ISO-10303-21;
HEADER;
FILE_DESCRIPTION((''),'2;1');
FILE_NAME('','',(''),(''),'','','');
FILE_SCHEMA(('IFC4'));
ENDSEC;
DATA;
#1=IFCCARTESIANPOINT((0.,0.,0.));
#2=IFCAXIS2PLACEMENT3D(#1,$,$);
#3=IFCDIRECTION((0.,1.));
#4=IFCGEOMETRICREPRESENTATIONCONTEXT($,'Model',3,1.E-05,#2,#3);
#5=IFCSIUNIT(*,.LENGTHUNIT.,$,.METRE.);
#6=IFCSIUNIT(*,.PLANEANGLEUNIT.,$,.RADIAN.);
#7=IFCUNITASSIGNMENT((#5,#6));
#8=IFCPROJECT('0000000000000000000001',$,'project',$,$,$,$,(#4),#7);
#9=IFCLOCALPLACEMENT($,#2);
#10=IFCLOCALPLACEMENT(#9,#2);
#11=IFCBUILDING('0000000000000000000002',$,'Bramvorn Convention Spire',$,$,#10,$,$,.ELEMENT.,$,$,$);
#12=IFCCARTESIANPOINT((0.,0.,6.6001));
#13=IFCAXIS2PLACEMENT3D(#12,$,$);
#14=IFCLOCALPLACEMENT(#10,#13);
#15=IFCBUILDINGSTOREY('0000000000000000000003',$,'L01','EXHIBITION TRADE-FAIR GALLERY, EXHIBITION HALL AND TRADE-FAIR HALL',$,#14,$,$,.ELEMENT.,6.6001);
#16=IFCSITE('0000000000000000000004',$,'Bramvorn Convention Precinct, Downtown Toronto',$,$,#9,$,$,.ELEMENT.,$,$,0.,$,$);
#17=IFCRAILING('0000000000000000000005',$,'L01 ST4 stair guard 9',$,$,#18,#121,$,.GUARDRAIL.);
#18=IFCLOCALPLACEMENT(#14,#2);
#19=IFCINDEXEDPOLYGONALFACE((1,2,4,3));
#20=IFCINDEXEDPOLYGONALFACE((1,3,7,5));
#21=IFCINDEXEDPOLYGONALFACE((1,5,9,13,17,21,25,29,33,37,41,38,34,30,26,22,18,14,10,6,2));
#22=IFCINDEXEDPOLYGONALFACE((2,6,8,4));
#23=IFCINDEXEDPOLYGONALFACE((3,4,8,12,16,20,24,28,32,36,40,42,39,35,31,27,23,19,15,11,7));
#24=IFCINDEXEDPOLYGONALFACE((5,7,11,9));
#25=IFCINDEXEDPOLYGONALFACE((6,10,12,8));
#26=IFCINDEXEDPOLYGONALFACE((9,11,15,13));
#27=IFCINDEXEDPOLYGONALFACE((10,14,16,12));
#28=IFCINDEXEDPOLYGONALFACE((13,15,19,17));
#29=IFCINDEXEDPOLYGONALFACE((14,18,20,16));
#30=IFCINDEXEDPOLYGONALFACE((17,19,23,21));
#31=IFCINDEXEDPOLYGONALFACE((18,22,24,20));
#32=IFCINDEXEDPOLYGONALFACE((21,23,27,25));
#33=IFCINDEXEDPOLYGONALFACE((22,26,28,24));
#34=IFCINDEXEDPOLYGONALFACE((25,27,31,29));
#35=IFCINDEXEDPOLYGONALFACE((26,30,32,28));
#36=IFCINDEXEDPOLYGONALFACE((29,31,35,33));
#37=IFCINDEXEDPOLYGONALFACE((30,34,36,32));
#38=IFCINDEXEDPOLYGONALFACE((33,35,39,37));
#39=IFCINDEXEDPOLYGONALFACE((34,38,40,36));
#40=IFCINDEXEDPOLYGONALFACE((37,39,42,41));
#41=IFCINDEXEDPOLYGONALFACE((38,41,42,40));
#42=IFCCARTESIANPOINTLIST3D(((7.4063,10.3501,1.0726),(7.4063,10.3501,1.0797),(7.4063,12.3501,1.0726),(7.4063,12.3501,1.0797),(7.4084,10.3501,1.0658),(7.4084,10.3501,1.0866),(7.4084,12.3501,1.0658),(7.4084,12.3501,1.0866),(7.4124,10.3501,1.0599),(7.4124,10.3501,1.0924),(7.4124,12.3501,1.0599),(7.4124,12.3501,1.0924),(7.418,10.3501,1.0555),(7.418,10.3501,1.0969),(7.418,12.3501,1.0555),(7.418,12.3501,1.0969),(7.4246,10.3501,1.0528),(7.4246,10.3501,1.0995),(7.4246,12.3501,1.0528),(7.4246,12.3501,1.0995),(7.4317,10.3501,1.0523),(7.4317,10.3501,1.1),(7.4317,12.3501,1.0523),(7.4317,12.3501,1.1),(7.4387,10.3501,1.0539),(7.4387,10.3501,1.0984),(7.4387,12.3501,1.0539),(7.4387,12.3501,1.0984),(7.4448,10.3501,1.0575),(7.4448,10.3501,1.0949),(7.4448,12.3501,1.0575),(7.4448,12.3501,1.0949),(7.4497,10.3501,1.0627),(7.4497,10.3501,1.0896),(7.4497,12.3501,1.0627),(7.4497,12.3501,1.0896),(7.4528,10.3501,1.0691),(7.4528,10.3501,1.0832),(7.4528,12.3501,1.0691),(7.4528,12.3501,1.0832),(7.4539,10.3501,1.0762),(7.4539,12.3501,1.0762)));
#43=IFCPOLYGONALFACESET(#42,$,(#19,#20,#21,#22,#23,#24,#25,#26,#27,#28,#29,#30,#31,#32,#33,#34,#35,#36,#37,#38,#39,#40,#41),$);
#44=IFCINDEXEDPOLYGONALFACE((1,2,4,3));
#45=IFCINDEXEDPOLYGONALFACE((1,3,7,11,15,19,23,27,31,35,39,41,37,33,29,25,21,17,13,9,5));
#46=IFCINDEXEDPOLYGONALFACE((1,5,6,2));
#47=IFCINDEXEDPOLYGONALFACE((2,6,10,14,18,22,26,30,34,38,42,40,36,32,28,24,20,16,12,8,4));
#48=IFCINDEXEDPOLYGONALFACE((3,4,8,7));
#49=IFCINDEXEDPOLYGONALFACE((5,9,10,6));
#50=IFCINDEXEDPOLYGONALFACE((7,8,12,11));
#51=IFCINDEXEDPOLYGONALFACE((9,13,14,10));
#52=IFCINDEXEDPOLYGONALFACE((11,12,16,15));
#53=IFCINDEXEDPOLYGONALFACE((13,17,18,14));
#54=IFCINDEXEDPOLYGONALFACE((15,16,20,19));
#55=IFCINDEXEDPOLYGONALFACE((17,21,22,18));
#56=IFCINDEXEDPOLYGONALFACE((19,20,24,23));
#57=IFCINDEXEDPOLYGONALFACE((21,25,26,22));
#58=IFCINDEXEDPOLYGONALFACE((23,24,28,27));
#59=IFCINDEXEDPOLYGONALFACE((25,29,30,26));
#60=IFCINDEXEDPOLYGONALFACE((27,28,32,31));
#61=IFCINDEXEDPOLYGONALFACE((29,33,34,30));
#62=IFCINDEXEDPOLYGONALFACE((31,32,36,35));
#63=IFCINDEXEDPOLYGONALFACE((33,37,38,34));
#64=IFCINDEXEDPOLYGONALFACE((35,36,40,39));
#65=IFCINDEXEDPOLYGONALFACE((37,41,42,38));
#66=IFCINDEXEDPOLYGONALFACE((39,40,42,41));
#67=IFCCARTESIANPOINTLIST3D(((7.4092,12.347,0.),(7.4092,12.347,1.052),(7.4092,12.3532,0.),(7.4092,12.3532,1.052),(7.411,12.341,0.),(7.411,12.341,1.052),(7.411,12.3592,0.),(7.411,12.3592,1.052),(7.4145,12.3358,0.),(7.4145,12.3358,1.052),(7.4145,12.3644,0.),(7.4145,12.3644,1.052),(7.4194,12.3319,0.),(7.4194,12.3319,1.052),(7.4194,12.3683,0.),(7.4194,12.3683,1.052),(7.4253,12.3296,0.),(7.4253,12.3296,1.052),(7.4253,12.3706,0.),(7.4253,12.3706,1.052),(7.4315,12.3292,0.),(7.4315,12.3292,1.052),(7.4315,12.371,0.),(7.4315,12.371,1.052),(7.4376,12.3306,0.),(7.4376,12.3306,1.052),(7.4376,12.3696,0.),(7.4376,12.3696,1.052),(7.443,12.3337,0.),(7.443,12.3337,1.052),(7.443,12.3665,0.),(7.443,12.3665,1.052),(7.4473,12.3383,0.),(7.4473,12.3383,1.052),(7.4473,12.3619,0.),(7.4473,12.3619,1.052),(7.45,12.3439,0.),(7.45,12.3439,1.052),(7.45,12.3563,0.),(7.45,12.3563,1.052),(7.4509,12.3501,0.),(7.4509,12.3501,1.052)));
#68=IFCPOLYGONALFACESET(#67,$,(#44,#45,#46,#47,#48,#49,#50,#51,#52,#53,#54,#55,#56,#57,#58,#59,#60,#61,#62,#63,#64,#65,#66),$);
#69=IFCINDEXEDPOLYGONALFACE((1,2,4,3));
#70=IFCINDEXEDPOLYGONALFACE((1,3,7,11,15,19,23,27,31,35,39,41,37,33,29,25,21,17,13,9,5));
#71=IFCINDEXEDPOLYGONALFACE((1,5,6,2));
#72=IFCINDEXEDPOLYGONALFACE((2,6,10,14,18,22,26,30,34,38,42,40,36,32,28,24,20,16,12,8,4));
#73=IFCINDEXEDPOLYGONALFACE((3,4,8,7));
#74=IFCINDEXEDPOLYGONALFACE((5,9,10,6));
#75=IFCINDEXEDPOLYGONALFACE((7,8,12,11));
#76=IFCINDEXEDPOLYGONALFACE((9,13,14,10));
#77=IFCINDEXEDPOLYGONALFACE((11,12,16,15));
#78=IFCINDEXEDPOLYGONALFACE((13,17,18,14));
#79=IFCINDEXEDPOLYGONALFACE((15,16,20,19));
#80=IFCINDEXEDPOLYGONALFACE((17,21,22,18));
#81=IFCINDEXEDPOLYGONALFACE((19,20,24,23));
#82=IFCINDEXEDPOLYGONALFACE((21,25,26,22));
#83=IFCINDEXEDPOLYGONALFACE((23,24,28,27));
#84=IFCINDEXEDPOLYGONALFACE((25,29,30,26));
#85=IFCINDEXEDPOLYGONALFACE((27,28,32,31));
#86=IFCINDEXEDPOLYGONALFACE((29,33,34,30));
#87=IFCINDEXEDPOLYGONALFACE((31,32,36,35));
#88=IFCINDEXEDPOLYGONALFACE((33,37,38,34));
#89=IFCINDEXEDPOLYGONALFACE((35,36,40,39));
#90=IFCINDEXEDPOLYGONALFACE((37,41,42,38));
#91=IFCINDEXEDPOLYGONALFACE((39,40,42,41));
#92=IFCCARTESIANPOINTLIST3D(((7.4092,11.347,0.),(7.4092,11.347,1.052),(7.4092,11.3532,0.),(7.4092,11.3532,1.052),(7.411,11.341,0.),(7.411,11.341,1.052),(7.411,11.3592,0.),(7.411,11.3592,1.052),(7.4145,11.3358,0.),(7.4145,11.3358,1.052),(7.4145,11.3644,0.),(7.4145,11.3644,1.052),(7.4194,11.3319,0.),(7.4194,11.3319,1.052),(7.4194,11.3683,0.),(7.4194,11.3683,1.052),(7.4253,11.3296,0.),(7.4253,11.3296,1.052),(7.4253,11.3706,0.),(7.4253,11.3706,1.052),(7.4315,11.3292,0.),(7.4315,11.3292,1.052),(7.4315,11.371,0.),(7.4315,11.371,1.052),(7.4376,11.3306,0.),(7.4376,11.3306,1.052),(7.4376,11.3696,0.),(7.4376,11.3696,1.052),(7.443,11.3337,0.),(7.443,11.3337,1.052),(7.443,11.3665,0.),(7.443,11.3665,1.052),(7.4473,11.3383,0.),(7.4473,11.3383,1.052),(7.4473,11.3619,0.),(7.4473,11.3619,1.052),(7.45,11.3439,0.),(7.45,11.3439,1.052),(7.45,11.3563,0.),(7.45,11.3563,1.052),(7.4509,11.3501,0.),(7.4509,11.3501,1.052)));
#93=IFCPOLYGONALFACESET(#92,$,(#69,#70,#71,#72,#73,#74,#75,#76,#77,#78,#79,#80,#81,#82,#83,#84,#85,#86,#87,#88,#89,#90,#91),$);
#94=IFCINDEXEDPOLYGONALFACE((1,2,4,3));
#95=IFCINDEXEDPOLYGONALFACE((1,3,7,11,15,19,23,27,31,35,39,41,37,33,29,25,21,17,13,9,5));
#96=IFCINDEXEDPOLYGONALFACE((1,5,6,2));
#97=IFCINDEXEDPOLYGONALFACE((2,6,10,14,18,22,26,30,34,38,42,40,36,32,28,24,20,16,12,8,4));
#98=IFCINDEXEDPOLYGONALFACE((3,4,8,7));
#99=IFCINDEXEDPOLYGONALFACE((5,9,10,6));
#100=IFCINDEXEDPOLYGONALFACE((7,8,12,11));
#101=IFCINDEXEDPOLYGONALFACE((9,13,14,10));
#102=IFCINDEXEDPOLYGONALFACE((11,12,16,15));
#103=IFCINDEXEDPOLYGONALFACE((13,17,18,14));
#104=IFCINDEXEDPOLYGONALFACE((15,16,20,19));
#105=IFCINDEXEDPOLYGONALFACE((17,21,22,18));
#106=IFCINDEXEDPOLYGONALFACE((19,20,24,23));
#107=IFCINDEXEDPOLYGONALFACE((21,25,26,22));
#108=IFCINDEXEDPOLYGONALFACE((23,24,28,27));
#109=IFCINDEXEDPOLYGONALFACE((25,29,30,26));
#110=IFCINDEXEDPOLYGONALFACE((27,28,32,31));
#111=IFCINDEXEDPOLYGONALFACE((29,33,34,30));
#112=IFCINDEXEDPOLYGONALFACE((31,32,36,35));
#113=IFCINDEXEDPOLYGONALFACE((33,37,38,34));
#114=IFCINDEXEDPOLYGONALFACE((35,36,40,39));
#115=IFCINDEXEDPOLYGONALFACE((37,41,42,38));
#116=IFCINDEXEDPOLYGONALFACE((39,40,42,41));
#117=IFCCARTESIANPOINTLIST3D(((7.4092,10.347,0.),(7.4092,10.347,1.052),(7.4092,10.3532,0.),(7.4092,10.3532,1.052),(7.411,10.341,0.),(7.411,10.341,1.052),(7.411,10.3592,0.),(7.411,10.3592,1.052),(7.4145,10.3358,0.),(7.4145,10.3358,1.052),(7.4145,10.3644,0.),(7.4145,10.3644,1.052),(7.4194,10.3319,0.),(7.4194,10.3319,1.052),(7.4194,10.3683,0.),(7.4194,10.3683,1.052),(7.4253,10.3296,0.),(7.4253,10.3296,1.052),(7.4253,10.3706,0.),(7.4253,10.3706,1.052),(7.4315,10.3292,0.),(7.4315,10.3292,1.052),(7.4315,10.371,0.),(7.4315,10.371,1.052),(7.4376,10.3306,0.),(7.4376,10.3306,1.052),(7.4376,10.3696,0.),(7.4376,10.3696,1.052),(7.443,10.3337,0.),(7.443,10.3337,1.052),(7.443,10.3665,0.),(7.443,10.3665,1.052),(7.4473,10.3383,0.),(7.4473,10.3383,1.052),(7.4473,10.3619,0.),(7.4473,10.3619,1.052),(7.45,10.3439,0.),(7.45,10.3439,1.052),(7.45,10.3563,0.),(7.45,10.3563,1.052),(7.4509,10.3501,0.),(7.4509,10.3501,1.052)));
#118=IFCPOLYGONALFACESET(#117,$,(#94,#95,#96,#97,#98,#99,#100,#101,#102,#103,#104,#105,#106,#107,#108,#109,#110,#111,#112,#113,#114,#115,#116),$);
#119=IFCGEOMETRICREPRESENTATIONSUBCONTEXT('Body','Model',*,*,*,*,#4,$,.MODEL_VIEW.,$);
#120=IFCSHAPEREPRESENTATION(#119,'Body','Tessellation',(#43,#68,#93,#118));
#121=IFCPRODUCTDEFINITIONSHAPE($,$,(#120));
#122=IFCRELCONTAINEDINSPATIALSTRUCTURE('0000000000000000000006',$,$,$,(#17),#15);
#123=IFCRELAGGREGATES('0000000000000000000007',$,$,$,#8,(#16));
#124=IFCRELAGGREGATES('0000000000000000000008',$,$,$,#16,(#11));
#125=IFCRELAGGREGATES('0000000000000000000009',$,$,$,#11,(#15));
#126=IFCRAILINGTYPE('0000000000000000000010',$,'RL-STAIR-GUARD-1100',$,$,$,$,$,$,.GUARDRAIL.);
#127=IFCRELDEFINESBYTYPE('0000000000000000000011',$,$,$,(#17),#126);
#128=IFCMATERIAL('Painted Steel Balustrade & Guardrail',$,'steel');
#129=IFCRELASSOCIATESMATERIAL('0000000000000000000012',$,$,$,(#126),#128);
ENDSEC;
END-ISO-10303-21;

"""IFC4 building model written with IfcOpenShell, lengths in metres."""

from ifc_helpers import new_model, si_unit, direction, frame, origin, origin_2d, place, context, subcontext, project, spatial, circle, extrude, material, type_object, element, save


model = new_model("IFC4")

# Units and contexts
model_context = context("Model", 3, precision=1e-05, world=origin(), true_north=direction((0.0, 1.0)))
body_context = subcontext(model_context, "Body", "Model", "MODEL_VIEW")
ifc_project = project(units=[si_unit("LENGTHUNIT", "METRE"), si_unit("PLANEANGLEUNIT", "RADIAN")], contexts=[model_context])

# Site, building, storey
site_placement = place(None, origin())
site = spatial("IfcSite", under=ifc_project, at=site_placement, Name="Bramvorn Convention Precinct, Downtown Toronto", CompositionType="ELEMENT", RefElevation=0.0)
building_placement = place(site_placement, origin())
building = spatial("IfcBuilding", under=site, at=building_placement, Name="Bramvorn Convention Spire", CompositionType="ELEMENT")
storey_placement = place(building_placement, frame((0.0, 0.0, 6.6001)))
storey = spatial("IfcBuildingStorey", under=building, at=storey_placement, Name="L01", Description="EXHIBITION TRADE-FAIR GALLERY, EXHIBITION HALL AND TRADE-FAIR HALL", CompositionType="ELEMENT", Elevation=6.6001)

# Railing
ifc_material_1 = material(Name="Painted Steel Balustrade & Guardrail", Category="steel")
railing_type_1 = type_object("IfcRailingType", Name="RL-STAIR-GUARD-1100", PredefinedType="GUARDRAIL", material=ifc_material_1)
for number, where, name in (
    (1, (7.4299, 12.3501, 0.0), "L01 ST4 stair guard 9"),
):
    element("IfcRailing", number, at=place(storey_placement, frame(where)), inside=storey, type_object=railing_type_1, Name=name, PredefinedType="GUARDRAIL", context=body_context, shape_type="SweptSolid", body=[
        extrude(circle(Radius=0.0239, at=origin_2d()), frame((0.0, 0.0, 1.0762), z_axis=(0.0, -1.0, 0.0), x_axis=(1.0, 0.0, 0.0)), (0.0, 0.0, 1.0), 2.0),
        extrude(circle(Radius=0.021, at=origin_2d()), origin(), (0.0, 0.0, 1.0), 1.052),
        extrude(circle(Radius=0.021, at=origin_2d()), frame((0.0, -1.0, 0.0)), (0.0, 0.0, 1.0), 1.052),
        extrude(circle(Radius=0.021, at=origin_2d()), frame((0.0, -2.0, 0.0)), (0.0, 0.0, 1.0), 1.052),
    ])

save(model, "model.ifc")
